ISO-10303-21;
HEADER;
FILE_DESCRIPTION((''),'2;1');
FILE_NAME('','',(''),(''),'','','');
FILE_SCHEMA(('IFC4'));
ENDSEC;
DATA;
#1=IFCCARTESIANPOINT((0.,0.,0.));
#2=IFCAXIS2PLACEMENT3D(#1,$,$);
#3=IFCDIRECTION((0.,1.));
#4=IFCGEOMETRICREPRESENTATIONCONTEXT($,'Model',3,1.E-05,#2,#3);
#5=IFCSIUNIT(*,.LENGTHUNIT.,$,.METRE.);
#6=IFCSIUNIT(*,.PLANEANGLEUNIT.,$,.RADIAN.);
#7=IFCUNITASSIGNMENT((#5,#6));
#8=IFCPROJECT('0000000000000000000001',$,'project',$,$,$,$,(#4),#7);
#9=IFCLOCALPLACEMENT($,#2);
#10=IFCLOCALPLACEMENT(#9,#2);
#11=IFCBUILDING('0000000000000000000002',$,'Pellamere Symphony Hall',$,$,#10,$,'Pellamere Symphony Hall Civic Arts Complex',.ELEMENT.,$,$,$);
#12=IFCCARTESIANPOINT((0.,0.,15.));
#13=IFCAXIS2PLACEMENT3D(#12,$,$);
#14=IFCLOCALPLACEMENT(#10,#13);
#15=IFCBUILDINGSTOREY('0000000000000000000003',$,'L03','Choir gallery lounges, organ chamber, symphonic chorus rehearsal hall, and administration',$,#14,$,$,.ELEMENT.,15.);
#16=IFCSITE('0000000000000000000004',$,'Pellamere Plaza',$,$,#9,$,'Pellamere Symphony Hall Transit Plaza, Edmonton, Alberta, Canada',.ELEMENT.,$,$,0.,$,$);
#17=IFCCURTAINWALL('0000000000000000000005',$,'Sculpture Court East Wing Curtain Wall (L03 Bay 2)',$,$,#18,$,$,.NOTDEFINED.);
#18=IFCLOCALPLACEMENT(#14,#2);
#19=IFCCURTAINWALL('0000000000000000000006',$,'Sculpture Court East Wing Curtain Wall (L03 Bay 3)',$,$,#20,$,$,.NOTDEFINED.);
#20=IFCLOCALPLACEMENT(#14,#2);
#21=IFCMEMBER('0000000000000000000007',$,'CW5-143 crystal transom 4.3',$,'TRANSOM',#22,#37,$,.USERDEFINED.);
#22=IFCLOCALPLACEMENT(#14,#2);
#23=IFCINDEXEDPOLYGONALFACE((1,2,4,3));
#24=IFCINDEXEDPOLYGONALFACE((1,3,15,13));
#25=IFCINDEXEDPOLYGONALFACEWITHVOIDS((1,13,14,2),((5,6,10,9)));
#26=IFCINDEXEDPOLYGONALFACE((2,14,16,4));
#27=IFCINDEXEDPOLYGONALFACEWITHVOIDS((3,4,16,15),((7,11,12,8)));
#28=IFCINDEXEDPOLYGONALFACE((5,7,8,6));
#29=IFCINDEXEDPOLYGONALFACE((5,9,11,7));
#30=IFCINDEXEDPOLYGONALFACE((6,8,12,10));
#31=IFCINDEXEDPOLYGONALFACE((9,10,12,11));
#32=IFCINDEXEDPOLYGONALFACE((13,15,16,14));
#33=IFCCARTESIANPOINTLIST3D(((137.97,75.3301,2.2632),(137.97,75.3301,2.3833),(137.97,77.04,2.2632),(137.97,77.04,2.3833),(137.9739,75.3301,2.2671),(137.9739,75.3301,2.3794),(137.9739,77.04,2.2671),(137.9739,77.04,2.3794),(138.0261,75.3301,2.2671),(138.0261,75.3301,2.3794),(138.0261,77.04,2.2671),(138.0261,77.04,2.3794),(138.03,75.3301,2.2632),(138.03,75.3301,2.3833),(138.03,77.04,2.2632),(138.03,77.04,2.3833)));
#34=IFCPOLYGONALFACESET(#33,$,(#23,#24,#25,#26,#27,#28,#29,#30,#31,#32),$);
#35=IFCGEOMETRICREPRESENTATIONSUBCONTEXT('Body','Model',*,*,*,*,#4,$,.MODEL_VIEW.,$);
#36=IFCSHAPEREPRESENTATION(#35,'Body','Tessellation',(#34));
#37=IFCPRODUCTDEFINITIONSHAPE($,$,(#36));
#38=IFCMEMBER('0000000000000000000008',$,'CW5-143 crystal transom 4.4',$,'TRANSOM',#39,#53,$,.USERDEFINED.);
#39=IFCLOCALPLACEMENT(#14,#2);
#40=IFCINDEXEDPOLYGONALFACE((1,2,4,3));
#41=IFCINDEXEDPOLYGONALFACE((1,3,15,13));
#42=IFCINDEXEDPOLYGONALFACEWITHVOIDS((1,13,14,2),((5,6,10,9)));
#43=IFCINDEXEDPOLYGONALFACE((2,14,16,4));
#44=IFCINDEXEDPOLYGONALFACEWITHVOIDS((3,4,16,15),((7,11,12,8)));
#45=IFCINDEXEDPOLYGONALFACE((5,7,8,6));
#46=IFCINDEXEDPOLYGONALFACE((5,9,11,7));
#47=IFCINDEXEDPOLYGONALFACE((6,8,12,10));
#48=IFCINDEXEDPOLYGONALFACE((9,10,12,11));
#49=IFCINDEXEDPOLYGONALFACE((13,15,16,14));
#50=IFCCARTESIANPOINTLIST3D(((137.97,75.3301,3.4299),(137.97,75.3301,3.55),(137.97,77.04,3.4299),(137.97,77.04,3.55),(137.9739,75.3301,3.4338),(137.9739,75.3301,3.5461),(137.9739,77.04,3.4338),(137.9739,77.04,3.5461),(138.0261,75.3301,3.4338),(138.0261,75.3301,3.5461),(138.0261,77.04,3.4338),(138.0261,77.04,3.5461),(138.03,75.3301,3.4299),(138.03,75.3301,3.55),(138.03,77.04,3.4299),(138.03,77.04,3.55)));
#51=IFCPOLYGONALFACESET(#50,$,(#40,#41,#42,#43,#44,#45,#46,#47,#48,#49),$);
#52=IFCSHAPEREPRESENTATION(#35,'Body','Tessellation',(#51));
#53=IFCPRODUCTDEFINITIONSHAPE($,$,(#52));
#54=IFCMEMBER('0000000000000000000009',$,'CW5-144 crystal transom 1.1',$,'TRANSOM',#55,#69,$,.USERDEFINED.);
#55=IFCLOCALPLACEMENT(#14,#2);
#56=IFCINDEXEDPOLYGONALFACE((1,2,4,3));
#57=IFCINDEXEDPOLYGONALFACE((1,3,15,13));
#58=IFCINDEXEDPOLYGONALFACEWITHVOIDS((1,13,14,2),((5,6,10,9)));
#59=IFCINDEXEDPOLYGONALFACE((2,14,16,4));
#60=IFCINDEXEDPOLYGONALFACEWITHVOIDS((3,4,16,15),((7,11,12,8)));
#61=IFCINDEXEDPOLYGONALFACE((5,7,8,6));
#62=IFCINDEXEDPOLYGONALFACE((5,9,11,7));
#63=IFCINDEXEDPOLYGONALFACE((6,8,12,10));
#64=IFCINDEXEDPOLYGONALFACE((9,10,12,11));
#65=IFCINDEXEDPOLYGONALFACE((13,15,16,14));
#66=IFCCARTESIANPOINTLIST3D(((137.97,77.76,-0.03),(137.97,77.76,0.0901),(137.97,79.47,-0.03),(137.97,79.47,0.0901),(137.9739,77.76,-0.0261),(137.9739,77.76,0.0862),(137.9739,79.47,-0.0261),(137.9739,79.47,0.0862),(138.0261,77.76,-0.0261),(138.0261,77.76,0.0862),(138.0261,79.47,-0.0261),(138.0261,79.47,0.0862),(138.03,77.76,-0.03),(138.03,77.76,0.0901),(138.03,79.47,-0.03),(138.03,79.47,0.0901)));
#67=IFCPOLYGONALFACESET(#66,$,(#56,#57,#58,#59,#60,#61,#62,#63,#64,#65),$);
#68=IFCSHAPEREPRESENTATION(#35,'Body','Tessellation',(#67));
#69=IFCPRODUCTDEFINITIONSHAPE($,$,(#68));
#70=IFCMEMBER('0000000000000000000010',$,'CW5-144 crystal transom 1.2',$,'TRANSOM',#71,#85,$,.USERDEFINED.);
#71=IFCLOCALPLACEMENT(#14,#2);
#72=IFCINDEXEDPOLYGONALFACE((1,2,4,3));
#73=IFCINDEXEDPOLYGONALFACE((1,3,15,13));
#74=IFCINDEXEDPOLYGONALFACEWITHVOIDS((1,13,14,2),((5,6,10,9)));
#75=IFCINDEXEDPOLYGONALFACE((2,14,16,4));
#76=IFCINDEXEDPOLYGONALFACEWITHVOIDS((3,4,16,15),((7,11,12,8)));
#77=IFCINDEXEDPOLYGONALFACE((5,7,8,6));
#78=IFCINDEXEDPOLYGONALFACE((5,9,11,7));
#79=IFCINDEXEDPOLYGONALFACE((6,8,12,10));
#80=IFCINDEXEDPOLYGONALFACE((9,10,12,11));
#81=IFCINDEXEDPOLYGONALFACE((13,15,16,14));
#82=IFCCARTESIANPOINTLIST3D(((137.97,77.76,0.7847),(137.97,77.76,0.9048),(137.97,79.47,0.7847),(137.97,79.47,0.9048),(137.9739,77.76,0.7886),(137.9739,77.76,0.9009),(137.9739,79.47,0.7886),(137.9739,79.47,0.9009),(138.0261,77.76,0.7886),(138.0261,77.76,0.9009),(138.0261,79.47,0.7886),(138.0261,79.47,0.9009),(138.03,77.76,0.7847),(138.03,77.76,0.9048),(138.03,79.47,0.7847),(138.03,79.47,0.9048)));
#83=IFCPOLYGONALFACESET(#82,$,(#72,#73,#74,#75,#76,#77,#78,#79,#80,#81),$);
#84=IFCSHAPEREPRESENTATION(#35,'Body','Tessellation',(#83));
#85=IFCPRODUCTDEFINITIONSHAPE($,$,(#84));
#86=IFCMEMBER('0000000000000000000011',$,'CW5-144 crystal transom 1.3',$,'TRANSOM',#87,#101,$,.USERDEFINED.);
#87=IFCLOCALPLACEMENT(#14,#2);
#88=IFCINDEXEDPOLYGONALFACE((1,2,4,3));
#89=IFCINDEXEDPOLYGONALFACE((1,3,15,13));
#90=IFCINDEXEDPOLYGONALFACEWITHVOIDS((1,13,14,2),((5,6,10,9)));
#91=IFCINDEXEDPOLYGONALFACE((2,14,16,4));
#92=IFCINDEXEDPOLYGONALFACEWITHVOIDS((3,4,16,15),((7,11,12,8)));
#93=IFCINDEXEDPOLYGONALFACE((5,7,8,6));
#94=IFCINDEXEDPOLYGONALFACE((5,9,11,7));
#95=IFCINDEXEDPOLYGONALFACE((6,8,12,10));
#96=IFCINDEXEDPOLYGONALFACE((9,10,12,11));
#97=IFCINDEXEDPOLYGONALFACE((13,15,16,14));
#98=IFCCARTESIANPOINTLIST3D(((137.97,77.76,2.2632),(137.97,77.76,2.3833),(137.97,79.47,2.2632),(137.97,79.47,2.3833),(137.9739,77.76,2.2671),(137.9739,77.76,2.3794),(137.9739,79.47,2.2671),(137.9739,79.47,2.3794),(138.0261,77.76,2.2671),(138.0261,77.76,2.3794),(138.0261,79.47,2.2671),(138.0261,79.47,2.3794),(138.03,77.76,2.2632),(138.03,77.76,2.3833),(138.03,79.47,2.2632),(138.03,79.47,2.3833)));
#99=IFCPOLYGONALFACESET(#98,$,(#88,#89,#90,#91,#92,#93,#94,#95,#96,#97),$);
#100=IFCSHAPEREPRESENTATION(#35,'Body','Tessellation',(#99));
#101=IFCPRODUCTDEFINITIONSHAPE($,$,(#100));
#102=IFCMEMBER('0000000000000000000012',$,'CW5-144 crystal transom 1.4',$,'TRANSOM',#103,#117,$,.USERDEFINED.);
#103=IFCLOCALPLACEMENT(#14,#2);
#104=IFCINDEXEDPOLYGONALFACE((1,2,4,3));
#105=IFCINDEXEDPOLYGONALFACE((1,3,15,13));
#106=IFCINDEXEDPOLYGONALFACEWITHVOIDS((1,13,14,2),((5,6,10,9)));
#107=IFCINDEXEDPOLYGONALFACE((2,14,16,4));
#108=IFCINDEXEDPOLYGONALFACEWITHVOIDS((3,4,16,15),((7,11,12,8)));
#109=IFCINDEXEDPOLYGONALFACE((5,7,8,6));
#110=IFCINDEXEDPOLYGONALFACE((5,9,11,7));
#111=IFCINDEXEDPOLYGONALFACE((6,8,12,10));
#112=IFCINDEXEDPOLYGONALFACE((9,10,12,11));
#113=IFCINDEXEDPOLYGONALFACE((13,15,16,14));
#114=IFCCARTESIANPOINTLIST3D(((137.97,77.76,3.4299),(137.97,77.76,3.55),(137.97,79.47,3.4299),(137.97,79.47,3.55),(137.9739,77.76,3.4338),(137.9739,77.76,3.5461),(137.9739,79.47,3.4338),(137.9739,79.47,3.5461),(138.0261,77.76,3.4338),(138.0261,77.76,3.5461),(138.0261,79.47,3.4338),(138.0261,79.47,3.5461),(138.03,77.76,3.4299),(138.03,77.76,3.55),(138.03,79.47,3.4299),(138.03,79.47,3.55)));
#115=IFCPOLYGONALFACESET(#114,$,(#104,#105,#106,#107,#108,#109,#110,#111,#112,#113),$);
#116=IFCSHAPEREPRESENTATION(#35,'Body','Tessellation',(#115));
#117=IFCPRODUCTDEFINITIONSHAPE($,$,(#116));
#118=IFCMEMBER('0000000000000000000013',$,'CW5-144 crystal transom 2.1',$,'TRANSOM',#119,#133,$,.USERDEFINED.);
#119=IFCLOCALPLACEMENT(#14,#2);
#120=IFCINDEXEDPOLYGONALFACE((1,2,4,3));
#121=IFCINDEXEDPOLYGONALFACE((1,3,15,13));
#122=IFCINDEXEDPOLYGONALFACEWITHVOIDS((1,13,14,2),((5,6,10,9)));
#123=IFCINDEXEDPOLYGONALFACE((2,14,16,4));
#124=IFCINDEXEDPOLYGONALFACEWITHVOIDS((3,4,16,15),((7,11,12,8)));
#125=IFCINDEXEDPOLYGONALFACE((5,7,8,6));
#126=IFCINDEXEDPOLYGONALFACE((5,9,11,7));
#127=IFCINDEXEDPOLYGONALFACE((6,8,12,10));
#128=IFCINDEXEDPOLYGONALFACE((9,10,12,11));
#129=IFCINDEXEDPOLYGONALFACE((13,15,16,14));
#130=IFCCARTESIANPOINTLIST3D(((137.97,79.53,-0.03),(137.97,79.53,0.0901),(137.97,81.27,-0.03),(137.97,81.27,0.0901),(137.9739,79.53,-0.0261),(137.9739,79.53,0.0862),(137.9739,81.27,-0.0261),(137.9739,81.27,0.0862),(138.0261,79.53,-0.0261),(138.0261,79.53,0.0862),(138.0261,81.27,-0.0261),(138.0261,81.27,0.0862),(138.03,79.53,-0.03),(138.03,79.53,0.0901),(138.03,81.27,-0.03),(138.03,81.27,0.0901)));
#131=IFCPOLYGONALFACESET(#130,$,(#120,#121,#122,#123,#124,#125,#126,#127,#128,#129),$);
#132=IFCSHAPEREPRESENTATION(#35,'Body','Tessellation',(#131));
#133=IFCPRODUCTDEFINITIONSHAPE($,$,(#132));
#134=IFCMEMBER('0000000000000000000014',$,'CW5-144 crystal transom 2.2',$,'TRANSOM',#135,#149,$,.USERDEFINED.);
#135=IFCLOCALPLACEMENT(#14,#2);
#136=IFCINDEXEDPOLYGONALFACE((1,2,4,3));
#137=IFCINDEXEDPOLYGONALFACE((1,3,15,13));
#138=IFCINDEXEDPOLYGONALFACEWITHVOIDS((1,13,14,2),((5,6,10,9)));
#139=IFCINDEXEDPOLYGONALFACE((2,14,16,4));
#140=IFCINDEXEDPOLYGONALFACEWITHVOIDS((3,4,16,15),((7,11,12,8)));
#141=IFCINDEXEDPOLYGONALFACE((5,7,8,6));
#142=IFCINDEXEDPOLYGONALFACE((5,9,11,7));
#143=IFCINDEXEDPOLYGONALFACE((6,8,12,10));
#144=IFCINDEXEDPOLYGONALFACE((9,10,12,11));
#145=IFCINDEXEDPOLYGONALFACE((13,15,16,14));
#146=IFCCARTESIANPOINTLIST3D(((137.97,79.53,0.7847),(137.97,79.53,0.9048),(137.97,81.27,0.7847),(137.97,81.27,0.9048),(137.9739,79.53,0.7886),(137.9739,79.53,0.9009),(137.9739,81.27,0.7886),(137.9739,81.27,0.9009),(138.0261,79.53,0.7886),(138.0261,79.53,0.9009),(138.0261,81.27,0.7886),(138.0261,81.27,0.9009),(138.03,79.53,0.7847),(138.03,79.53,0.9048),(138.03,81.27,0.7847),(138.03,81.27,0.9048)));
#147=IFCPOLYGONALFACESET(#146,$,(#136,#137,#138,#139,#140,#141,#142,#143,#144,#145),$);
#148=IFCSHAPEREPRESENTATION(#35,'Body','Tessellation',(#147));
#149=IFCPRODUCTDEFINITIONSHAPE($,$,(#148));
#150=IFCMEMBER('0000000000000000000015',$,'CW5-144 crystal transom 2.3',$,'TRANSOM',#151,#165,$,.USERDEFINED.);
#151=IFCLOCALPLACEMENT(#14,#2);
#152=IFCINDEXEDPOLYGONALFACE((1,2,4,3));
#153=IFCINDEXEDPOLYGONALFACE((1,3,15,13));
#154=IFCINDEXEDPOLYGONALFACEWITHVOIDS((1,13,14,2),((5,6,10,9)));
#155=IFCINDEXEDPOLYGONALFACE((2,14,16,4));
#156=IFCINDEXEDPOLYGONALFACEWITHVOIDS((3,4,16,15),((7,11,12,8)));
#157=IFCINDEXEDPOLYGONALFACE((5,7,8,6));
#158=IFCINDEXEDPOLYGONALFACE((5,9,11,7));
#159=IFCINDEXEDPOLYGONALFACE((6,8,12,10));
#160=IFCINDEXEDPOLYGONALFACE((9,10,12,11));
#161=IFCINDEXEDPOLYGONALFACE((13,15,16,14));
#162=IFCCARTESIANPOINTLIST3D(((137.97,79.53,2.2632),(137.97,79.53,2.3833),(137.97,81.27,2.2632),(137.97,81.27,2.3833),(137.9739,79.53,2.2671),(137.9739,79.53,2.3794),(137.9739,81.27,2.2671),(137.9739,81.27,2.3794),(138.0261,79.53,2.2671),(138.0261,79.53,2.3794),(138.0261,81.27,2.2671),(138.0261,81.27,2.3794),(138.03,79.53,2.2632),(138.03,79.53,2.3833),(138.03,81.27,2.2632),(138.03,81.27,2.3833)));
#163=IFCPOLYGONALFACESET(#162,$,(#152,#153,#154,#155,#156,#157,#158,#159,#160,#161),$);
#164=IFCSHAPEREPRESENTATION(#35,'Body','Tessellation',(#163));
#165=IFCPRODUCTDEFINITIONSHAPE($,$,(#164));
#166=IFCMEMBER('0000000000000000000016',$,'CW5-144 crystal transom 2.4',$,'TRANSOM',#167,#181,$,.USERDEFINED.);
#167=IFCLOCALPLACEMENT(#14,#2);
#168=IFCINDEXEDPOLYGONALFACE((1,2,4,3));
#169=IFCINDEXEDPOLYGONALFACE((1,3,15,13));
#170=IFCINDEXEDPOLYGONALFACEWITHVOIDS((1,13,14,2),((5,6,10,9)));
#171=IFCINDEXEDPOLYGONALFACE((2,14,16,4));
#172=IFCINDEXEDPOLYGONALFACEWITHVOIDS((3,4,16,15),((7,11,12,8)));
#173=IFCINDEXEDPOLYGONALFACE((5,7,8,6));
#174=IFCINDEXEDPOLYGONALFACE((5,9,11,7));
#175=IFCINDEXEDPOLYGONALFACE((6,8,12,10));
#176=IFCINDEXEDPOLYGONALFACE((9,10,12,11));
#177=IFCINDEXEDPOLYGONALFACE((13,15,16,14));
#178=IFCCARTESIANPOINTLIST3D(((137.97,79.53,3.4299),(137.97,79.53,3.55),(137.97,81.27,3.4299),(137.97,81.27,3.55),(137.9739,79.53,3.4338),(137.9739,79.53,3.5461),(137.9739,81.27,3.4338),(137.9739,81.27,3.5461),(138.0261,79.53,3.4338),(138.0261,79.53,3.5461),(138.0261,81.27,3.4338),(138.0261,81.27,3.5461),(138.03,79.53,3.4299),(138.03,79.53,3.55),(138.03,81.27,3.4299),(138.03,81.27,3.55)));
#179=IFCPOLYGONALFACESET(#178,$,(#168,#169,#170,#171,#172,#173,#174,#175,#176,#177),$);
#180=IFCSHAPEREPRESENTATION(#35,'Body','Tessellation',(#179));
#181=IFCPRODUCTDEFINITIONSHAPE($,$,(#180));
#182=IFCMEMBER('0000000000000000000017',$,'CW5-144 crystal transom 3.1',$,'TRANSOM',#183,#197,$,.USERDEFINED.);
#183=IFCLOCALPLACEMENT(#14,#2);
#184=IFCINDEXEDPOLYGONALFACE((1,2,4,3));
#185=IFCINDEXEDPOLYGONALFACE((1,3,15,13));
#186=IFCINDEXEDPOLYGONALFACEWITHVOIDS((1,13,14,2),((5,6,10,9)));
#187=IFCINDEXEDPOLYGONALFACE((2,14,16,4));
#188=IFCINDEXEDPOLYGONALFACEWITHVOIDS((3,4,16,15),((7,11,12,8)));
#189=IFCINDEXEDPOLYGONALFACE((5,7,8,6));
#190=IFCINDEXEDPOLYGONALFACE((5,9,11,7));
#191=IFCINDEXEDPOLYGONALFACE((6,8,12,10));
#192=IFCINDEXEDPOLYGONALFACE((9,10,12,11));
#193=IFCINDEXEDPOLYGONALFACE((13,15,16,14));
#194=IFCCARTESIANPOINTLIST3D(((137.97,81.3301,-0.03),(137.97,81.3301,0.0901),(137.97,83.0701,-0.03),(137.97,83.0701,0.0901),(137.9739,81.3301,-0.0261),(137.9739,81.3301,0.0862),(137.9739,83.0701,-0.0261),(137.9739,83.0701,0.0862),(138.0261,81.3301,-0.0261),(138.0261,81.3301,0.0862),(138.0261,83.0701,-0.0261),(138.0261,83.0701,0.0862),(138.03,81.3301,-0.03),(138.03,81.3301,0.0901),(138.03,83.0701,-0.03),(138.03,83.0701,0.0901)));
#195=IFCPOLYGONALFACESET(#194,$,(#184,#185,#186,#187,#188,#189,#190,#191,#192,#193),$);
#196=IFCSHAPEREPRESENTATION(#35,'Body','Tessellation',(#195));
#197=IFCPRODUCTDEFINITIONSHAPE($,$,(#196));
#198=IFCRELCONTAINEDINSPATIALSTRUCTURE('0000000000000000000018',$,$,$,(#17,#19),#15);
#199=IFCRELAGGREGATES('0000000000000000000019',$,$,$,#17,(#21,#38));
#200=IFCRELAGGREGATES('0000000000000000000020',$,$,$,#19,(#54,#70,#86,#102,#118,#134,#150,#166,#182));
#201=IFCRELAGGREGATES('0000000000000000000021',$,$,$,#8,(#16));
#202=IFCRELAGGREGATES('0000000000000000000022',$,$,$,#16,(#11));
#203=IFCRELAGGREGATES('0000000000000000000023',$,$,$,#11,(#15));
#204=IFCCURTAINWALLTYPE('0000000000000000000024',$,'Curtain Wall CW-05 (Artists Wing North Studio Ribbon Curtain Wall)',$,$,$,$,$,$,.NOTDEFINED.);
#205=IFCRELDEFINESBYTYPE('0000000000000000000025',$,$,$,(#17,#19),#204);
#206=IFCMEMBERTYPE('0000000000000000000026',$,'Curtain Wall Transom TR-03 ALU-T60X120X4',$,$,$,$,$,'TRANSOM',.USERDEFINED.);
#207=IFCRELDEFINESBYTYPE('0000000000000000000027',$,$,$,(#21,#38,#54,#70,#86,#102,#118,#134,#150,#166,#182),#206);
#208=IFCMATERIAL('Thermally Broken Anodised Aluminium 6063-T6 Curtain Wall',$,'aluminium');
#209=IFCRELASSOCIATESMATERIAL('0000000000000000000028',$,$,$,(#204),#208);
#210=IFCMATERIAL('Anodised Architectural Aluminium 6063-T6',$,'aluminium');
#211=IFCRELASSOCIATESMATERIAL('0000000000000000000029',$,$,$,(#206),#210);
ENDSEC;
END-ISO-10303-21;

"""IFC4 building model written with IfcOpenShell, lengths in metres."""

from ifc_helpers import new_model, si_unit, direction, frame, origin, origin_2d, place, context, subcontext, project, spatial, hollow_rectangle, extrude, material, material_profile, profile_set, type_object, element, aggregate, save


model = new_model("IFC4")

# Units and contexts
model_context = context("Model", 3, precision=1e-05, world=origin(), true_north=direction((0.0, 1.0)))
body_context = subcontext(model_context, "Body", "Model", "MODEL_VIEW")
ifc_project = project(units=[si_unit("LENGTHUNIT", "METRE"), si_unit("PLANEANGLEUNIT", "RADIAN")], contexts=[model_context])

# Site, building, storey
site_placement = place(None, origin())
site = spatial("IfcSite", under=ifc_project, at=site_placement, Name="Pellamere Plaza", LongName="Pellamere Symphony Hall Transit Plaza, Edmonton, Alberta, Canada", CompositionType="ELEMENT", RefElevation=0.0)
building_placement = place(site_placement, origin())
building = spatial("IfcBuilding", under=site, at=building_placement, Name="Pellamere Symphony Hall", LongName="Pellamere Symphony Hall Civic Arts Complex", CompositionType="ELEMENT")
storey_placement = place(building_placement, frame((0.0, 0.0, 15.0)))
storey = spatial("IfcBuildingStorey", under=building, at=storey_placement, Name="L03", Description="Choir gallery lounges, organ chamber, symphonic chorus rehearsal hall, and administration", CompositionType="ELEMENT", Elevation=15.0)

# Shared definitions
ifc_material_1 = material(Name="Thermally Broken Anodised Aluminium 6063-T6 Curtain Wall", Category="aluminium")
ifc_material_2 = material(Name="Anodised Architectural Aluminium 6063-T6", Category="aluminium")

# Curtain wall
curtain_wall_type_1 = type_object("IfcCurtainWallType", Name="Curtain Wall CW-05 (Artists Wing North Studio Ribbon Curtain Wall)", PredefinedType="NOTDEFINED", material=ifc_material_1)
curtain_wall_1_placement = place(storey_placement, origin())
curtain_wall_1 = element("IfcCurtainWall", 1, at=curtain_wall_1_placement, inside=storey, type_object=curtain_wall_type_1, Name="Sculpture Court East Wing Curtain Wall (L03 Bay 2)", PredefinedType="NOTDEFINED")

# Curtain wall
curtain_wall_2_placement = place(storey_placement, origin())
curtain_wall_2 = element("IfcCurtainWall", 2, at=curtain_wall_2_placement, inside=storey, type_object=curtain_wall_type_1, Name="Sculpture Court East Wing Curtain Wall (L03 Bay 3)", PredefinedType="NOTDEFINED")

# Members
ifc_material_profile_1 = material_profile(ifc_material_2, hollow_rectangle(XDim=0.0601, YDim=0.1201, WallThickness=0.0039, at=origin_2d()), Name="ALU-T60X120X4")
ifc_profile_set_1 = profile_set([ifc_material_profile_1], Name="Anodised Architectural Aluminium 6063-T6")
member_type_1 = type_object("IfcMemberType", Name="Curtain Wall Transom TR-03 ALU-T60X120X4", ElementType="TRANSOM", PredefinedType="USERDEFINED", material=ifc_profile_set_1)
member_1_placement = place(storey_placement, frame((138.0, 75.3301, 2.3232), z_axis=(0.0, 1.0, 0.0), x_axis=(-1.0, 0.0, 0.0)))
member_1 = element("IfcMember", 3, at=member_1_placement, type_object=member_type_1, Name="CW5-143 crystal transom 4.3", ObjectType="TRANSOM", PredefinedType="USERDEFINED", context=body_context, shape_type="SweptSolid", body=[
    extrude(hollow_rectangle(XDim=0.0601, YDim=0.1201, WallThickness=0.0039, at=origin_2d()), origin(), (0.0, 0.0, 1.0), 1.71),
])
member_2_placement = place(storey_placement, frame((138.0, 75.3301, 3.49), z_axis=(0.0, 1.0, 0.0), x_axis=(-1.0, 0.0, 0.0)))
member_2 = element("IfcMember", 4, at=member_2_placement, type_object=member_type_1, Name="CW5-143 crystal transom 4.4", ObjectType="TRANSOM", PredefinedType="USERDEFINED", context=body_context, shape_type="SweptSolid", body=[
    extrude(hollow_rectangle(XDim=0.0601, YDim=0.1201, WallThickness=0.0039, at=origin_2d()), origin(), (0.0, 0.0, 1.0), 1.71),
])
member_3_placement = place(storey_placement, frame((138.0, 77.76, 0.03), z_axis=(0.0, 1.0, 0.0), x_axis=(-1.0, 0.0, 0.0)))
member_3 = element("IfcMember", 5, at=member_3_placement, type_object=member_type_1, Name="CW5-144 crystal transom 1.1", ObjectType="TRANSOM", PredefinedType="USERDEFINED", context=body_context, shape_type="SweptSolid", body=[
    extrude(hollow_rectangle(XDim=0.0601, YDim=0.1201, WallThickness=0.0039, at=origin_2d()), origin(), (0.0, 0.0, 1.0), 1.71),
])
member_4_placement = place(storey_placement, frame((138.0, 77.76, 0.8447), z_axis=(0.0, 1.0, 0.0), x_axis=(-1.0, 0.0, 0.0)))
member_4 = element("IfcMember", 6, at=member_4_placement, type_object=member_type_1, Name="CW5-144 crystal transom 1.2", ObjectType="TRANSOM", PredefinedType="USERDEFINED", context=body_context, shape_type="SweptSolid", body=[
    extrude(hollow_rectangle(XDim=0.0601, YDim=0.1201, WallThickness=0.0039, at=origin_2d()), origin(), (0.0, 0.0, 1.0), 1.71),
])
member_5_placement = place(storey_placement, frame((138.0, 77.76, 2.3232), z_axis=(0.0, 1.0, 0.0), x_axis=(-1.0, 0.0, 0.0)))
member_5 = element("IfcMember", 7, at=member_5_placement, type_object=member_type_1, Name="CW5-144 crystal transom 1.3", ObjectType="TRANSOM", PredefinedType="USERDEFINED", context=body_context, shape_type="SweptSolid", body=[
    extrude(hollow_rectangle(XDim=0.0601, YDim=0.1201, WallThickness=0.0039, at=origin_2d()), origin(), (0.0, 0.0, 1.0), 1.71),
])
member_6_placement = place(storey_placement, frame((138.0, 77.76, 3.49), z_axis=(0.0, 1.0, 0.0), x_axis=(-1.0, 0.0, 0.0)))
member_6 = element("IfcMember", 8, at=member_6_placement, type_object=member_type_1, Name="CW5-144 crystal transom 1.4", ObjectType="TRANSOM", PredefinedType="USERDEFINED", context=body_context, shape_type="SweptSolid", body=[
    extrude(hollow_rectangle(XDim=0.0601, YDim=0.1201, WallThickness=0.0039, at=origin_2d()), origin(), (0.0, 0.0, 1.0), 1.71),
])
member_7_placement = place(storey_placement, frame((138.0, 79.53, 0.03), z_axis=(0.0, 1.0, 0.0), x_axis=(-1.0, 0.0, 0.0)))
member_7 = element("IfcMember", 9, at=member_7_placement, type_object=member_type_1, Name="CW5-144 crystal transom 2.1", ObjectType="TRANSOM", PredefinedType="USERDEFINED", context=body_context, shape_type="SweptSolid", body=[
    extrude(hollow_rectangle(XDim=0.0601, YDim=0.1201, WallThickness=0.0039, at=origin_2d()), origin(), (0.0, 0.0, 1.0), 1.74),
])
member_8_placement = place(storey_placement, frame((138.0, 79.53, 0.8447), z_axis=(0.0, 1.0, 0.0), x_axis=(-1.0, 0.0, 0.0)))
member_8 = element("IfcMember", 10, at=member_8_placement, type_object=member_type_1, Name="CW5-144 crystal transom 2.2", ObjectType="TRANSOM", PredefinedType="USERDEFINED", context=body_context, shape_type="SweptSolid", body=[
    extrude(hollow_rectangle(XDim=0.0601, YDim=0.1201, WallThickness=0.0039, at=origin_2d()), origin(), (0.0, 0.0, 1.0), 1.74),
])
member_9_placement = place(storey_placement, frame((138.0, 79.53, 2.3232), z_axis=(0.0, 1.0, 0.0), x_axis=(-1.0, 0.0, 0.0)))
member_9 = element("IfcMember", 11, at=member_9_placement, type_object=member_type_1, Name="CW5-144 crystal transom 2.3", ObjectType="TRANSOM", PredefinedType="USERDEFINED", context=body_context, shape_type="SweptSolid", body=[
    extrude(hollow_rectangle(XDim=0.0601, YDim=0.1201, WallThickness=0.0039, at=origin_2d()), origin(), (0.0, 0.0, 1.0), 1.74),
])
member_10_placement = place(storey_placement, frame((138.0, 79.53, 3.49), z_axis=(0.0, 1.0, 0.0), x_axis=(-1.0, 0.0, 0.0)))
member_10 = element("IfcMember", 12, at=member_10_placement, type_object=member_type_1, Name="CW5-144 crystal transom 2.4", ObjectType="TRANSOM", PredefinedType="USERDEFINED", context=body_context, shape_type="SweptSolid", body=[
    extrude(hollow_rectangle(XDim=0.0601, YDim=0.1201, WallThickness=0.0039, at=origin_2d()), origin(), (0.0, 0.0, 1.0), 1.74),
])
member_11_placement = place(storey_placement, frame((138.0, 81.3301, 0.03), z_axis=(0.0, 1.0, 0.0), x_axis=(-1.0, 0.0, 0.0)))
member_11 = element("IfcMember", 13, at=member_11_placement, type_object=member_type_1, Name="CW5-144 crystal transom 3.1", ObjectType="TRANSOM", PredefinedType="USERDEFINED", context=body_context, shape_type="SweptSolid", body=[
    extrude(hollow_rectangle(XDim=0.0601, YDim=0.1201, WallThickness=0.0039, at=origin_2d()), origin(), (0.0, 0.0, 1.0), 1.74),
])

aggregate(curtain_wall_1, [member_1, member_2])
aggregate(curtain_wall_2, [member_3, member_4, member_5, member_6, member_7, member_8, member_9, member_10, member_11])

save(model, "model.ifc")
